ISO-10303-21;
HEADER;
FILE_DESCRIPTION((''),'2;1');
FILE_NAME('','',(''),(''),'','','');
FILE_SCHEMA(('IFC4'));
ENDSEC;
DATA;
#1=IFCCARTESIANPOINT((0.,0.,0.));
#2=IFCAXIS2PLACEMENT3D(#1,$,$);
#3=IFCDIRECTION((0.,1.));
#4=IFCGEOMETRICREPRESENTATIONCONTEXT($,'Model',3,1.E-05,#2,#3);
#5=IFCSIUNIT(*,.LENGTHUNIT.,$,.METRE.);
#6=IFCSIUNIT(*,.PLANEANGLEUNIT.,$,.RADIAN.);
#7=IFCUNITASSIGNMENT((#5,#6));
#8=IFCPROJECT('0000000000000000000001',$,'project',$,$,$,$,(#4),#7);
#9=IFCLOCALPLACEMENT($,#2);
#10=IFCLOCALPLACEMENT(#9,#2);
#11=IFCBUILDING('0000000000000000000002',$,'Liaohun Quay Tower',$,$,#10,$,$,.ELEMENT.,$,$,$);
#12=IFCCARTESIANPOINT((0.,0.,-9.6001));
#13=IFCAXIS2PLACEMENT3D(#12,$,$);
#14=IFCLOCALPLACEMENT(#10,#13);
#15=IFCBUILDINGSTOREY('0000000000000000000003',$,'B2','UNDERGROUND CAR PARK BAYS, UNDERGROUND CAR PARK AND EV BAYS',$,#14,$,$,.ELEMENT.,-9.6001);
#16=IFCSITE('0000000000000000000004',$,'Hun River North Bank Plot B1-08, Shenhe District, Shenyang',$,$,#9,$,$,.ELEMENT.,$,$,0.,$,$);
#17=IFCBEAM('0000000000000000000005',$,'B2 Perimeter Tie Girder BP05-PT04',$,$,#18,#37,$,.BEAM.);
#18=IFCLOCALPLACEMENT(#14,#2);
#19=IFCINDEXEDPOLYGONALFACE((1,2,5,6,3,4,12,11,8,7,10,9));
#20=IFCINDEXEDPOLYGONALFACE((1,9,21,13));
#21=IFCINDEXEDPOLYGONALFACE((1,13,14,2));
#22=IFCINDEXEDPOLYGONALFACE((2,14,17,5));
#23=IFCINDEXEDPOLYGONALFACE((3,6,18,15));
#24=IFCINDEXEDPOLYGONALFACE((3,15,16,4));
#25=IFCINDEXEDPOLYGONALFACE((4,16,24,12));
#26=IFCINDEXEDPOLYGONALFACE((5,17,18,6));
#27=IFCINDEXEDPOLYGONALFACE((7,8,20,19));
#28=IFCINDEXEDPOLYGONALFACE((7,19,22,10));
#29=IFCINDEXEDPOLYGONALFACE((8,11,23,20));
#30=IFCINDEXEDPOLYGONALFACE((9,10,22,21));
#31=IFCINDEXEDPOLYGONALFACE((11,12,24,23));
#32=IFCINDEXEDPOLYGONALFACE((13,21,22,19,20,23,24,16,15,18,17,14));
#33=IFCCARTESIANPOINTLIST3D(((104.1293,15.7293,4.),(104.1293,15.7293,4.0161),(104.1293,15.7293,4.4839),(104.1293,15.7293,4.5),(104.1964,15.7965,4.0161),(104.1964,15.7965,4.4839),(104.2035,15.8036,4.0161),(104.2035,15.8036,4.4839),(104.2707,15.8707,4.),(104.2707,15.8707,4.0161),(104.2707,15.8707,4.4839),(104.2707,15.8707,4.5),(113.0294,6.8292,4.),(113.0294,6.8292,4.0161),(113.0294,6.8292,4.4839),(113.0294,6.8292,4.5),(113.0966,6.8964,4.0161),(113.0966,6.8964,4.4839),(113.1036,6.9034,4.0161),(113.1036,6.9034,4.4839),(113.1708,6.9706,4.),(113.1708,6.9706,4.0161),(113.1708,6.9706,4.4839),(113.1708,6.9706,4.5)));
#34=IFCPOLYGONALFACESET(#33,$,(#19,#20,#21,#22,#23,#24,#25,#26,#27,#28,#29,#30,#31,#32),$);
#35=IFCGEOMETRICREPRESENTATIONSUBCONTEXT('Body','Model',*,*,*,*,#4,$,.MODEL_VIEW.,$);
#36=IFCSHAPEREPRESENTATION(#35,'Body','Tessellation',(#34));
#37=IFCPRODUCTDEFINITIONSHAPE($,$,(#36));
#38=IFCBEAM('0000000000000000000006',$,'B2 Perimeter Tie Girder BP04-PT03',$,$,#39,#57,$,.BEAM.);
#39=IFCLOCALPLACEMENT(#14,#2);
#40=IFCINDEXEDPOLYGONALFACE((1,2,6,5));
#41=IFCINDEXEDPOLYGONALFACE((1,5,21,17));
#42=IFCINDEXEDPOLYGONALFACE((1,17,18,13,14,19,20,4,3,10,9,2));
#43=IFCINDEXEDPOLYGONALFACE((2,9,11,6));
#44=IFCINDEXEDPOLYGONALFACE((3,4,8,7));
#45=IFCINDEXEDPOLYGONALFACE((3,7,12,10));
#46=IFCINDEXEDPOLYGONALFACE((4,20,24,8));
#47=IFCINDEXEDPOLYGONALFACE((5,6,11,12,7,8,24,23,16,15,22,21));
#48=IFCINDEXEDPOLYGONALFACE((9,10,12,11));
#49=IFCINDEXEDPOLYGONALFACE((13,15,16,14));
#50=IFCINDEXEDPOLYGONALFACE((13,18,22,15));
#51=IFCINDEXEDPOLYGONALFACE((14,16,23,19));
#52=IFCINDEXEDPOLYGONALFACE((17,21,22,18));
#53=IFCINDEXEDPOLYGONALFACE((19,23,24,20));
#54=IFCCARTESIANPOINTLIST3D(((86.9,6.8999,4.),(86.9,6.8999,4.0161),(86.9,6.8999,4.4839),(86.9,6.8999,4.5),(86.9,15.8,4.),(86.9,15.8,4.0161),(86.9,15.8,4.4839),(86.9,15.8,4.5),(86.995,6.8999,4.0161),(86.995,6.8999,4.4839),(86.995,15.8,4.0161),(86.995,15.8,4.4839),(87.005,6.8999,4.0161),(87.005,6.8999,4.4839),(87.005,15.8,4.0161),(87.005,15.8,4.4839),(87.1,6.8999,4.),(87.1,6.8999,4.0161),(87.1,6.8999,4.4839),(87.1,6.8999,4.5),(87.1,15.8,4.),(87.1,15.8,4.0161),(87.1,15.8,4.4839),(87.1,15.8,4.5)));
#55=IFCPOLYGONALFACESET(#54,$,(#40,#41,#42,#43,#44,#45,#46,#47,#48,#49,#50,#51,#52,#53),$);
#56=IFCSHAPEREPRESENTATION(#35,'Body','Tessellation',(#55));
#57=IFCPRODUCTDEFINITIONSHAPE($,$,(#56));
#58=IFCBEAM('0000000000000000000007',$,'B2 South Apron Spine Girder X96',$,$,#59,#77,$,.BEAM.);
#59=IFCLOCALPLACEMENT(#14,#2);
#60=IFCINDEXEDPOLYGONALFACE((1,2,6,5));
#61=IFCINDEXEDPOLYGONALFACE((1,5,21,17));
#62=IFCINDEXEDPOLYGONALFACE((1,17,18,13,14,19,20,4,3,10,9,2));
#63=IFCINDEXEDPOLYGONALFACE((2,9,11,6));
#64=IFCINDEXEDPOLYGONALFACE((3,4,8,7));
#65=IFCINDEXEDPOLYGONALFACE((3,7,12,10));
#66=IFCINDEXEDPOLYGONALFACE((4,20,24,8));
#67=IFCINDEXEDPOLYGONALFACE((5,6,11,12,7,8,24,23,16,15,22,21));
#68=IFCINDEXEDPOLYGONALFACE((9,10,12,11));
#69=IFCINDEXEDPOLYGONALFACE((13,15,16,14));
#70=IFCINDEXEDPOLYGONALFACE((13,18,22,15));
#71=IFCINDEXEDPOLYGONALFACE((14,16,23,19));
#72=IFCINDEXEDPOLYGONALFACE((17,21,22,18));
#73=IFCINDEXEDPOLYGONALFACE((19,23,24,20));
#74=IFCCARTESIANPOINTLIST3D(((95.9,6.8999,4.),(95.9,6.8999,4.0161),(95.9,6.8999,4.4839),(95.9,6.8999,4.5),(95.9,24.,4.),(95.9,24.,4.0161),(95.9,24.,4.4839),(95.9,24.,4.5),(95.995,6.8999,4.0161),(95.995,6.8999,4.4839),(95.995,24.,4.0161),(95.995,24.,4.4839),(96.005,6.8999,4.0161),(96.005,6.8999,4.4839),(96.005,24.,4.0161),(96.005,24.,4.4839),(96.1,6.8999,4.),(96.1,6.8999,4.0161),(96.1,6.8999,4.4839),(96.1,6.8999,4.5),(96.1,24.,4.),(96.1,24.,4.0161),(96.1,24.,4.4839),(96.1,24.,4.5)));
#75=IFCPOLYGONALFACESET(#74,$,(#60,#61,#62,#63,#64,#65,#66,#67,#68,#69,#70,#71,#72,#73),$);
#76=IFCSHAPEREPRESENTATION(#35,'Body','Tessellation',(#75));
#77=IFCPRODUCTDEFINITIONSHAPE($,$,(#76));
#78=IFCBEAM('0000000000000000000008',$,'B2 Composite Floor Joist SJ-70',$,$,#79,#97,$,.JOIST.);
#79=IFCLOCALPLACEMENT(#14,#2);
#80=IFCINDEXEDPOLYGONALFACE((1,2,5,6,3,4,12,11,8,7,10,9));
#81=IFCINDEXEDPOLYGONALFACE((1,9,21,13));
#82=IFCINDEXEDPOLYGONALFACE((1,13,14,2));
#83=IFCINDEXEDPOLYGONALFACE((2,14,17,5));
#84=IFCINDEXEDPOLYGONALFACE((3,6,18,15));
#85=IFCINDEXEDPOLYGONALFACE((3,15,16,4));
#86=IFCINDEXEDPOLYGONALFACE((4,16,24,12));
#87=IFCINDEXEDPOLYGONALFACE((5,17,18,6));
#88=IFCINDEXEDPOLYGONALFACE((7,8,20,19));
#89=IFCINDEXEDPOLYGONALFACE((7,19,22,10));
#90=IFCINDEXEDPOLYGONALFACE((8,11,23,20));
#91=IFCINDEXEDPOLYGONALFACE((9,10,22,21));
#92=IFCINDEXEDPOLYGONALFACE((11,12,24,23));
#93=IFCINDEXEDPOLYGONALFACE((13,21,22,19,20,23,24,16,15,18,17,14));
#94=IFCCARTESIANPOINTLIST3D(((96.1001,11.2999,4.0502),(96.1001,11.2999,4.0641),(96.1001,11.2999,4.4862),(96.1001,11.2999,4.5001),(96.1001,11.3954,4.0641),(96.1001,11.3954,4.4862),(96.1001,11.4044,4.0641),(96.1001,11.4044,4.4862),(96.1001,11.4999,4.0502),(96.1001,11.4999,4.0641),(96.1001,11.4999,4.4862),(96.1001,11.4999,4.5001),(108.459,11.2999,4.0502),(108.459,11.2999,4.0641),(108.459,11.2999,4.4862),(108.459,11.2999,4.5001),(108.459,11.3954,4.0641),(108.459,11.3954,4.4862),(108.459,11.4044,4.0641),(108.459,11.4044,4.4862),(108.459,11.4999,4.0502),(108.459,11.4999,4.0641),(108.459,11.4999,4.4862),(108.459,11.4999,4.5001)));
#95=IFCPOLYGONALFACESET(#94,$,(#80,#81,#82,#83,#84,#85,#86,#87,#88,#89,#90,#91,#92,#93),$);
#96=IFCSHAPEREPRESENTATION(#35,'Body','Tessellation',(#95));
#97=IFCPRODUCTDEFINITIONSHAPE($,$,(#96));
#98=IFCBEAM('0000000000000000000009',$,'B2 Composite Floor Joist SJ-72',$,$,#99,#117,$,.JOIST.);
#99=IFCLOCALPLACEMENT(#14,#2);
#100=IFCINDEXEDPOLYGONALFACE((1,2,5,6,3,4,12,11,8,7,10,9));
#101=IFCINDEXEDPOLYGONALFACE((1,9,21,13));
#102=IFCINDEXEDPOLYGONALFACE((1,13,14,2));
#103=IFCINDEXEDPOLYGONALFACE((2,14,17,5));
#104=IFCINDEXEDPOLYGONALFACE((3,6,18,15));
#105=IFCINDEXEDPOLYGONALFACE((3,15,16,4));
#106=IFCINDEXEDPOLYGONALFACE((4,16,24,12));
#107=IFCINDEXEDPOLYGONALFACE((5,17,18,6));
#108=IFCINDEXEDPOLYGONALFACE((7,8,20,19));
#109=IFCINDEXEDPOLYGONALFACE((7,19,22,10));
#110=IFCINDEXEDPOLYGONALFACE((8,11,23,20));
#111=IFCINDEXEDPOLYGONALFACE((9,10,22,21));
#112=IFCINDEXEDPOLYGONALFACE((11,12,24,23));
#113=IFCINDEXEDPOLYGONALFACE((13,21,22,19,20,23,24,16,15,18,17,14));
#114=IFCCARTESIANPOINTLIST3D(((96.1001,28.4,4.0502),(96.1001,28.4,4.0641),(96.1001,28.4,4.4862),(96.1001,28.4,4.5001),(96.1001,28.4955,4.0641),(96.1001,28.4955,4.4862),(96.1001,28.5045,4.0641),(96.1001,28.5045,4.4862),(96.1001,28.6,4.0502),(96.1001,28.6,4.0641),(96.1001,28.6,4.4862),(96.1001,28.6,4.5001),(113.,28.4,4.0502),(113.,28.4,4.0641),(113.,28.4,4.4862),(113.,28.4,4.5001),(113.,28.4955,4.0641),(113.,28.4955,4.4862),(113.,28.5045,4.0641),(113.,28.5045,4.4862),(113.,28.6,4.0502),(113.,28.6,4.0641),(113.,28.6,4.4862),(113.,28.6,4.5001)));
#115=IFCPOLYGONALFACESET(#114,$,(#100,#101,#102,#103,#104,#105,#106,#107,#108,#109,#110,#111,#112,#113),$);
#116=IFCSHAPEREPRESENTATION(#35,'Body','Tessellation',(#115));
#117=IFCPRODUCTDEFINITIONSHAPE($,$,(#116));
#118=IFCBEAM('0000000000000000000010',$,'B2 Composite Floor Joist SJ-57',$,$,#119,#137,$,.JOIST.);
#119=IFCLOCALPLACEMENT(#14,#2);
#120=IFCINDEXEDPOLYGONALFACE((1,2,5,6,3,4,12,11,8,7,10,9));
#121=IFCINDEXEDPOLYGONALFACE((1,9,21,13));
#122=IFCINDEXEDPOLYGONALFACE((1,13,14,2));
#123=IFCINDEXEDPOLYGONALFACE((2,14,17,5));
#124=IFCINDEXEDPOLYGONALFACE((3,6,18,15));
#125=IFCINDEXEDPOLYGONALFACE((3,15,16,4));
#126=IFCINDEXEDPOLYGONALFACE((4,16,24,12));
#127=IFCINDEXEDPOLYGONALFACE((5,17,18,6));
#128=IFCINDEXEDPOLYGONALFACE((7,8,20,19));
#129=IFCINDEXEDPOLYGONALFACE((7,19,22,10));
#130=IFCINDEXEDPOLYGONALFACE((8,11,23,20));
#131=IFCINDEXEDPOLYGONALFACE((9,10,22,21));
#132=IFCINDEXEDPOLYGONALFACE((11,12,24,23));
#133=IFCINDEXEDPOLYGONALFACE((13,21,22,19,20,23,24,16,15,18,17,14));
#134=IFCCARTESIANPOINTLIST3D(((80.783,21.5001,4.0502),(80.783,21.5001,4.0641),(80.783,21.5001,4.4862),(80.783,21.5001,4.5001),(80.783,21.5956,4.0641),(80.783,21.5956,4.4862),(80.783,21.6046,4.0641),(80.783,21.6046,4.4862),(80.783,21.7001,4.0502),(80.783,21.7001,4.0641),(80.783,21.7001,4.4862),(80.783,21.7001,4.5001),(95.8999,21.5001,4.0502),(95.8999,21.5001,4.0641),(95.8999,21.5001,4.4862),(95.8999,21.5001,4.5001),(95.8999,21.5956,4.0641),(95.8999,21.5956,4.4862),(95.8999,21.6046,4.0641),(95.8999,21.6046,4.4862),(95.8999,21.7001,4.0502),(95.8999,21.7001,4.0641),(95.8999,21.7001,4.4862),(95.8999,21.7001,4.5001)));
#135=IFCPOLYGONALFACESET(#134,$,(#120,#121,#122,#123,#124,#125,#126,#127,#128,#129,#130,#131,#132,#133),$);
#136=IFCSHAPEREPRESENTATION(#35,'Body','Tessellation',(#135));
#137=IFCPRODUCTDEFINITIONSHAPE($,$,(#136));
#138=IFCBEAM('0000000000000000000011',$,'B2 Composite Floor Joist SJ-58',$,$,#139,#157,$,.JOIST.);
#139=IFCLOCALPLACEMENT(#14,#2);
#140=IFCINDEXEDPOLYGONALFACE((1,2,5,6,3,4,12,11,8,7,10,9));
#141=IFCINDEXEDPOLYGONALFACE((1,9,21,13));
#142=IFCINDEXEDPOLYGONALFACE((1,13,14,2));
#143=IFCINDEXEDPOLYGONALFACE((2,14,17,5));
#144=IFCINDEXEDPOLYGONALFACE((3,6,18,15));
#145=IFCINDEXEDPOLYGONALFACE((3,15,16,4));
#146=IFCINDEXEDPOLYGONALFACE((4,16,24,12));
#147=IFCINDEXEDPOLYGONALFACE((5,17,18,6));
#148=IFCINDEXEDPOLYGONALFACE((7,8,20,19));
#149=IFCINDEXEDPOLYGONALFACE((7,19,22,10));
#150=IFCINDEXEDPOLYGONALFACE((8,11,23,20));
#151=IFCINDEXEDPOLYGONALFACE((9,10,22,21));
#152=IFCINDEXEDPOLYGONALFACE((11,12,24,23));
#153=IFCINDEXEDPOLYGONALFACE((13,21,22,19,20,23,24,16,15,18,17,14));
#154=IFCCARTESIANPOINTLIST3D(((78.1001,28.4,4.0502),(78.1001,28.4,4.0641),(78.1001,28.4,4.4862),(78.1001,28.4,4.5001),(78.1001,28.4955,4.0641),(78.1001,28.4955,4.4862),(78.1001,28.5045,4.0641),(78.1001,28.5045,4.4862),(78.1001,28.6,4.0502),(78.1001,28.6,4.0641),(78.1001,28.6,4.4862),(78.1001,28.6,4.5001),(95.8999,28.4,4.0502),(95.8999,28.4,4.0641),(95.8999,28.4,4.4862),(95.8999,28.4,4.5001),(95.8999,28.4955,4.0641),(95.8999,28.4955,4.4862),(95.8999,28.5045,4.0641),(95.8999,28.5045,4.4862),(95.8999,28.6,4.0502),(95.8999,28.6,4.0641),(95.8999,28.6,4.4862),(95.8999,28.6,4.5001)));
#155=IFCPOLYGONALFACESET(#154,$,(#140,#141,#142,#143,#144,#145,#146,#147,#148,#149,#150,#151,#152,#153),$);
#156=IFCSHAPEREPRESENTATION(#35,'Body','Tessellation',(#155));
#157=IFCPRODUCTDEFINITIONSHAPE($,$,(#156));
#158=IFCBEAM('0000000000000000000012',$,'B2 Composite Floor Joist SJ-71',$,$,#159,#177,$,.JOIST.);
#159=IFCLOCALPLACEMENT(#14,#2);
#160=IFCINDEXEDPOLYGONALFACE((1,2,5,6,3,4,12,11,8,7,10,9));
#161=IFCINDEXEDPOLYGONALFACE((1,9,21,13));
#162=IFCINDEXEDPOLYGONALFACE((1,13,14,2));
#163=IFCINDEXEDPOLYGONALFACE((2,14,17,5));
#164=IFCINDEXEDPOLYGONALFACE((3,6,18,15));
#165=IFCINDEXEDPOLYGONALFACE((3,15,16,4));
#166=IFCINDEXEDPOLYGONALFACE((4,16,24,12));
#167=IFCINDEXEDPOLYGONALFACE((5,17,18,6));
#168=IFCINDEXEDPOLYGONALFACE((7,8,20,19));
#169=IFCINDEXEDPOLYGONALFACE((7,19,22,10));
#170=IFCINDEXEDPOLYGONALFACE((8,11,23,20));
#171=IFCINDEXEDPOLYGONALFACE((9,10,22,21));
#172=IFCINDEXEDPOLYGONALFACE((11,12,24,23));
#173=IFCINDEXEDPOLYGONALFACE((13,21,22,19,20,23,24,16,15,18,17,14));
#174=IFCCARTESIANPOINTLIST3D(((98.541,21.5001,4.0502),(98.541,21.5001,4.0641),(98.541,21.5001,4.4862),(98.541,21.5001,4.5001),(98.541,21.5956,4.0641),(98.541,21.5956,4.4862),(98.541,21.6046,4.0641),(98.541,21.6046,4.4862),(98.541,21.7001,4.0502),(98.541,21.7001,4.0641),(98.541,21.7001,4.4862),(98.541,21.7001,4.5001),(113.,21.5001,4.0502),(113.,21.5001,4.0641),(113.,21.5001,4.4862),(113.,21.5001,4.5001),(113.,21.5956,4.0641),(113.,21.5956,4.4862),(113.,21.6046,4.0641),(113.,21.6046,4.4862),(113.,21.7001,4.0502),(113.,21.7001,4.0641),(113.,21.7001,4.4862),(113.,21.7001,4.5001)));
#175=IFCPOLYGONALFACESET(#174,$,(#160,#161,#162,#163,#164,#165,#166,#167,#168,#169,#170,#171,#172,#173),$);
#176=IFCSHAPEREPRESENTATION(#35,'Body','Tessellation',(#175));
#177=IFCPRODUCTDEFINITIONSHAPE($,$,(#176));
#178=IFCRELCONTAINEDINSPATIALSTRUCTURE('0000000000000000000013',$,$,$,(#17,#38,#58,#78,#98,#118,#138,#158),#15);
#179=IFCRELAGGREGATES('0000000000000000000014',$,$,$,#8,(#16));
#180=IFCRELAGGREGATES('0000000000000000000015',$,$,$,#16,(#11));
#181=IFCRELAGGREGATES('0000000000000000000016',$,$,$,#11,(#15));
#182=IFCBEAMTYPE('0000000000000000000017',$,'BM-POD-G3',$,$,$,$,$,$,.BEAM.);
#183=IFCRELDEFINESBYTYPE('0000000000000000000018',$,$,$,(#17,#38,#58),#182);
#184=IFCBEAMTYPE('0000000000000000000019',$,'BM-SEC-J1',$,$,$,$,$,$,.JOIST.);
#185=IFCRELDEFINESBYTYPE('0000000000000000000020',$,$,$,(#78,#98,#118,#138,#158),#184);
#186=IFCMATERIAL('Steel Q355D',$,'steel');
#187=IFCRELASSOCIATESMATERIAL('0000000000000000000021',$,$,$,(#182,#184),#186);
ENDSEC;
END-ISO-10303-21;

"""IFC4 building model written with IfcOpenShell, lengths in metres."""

from ifc_helpers import new_model, si_unit, direction, frame, origin, origin_2d, place, context, subcontext, project, spatial, i_section, extrude, source, transform, mapped, material, material_profile, profile_set, type_object, element, save


model = new_model("IFC4")

# Units and contexts
model_context = context("Model", 3, precision=1e-05, world=origin(), true_north=direction((0.0, 1.0)))
body_context = subcontext(model_context, "Body", "Model", "MODEL_VIEW")
ifc_project = project(units=[si_unit("LENGTHUNIT", "METRE"), si_unit("PLANEANGLEUNIT", "RADIAN")], contexts=[model_context])

# Site, building, storey
site_placement = place(None, origin())
site = spatial("IfcSite", under=ifc_project, at=site_placement, Name="Hun River North Bank Plot B1-08, Shenhe District, Shenyang", CompositionType="ELEMENT", RefElevation=0.0)
building_placement = place(site_placement, origin())
building = spatial("IfcBuilding", under=site, at=building_placement, Name="Liaohun Quay Tower", CompositionType="ELEMENT")
storey_placement = place(building_placement, frame((0.0, 0.0, -9.6001)))
storey = spatial("IfcBuildingStorey", under=building, at=storey_placement, Name="B2", Description="UNDERGROUND CAR PARK BAYS, UNDERGROUND CAR PARK AND EV BAYS", CompositionType="ELEMENT", Elevation=-9.6001)

# Beams
ifc_material_1 = material(Name="Steel Q355D", Category="steel")
ifc_material_profile_1 = material_profile(ifc_material_1, i_section(OverallWidth=0.2, OverallDepth=0.5, WebThickness=0.01, FlangeThickness=0.0161, at=origin_2d()), Name="HN500x200x10x16")
ifc_profile_set_1 = profile_set([ifc_material_profile_1], Name="Steel Q355D")
beam_type_1 = type_object("IfcBeamType", Name="BM-POD-G3", PredefinedType="BEAM", material=ifc_profile_set_1)
shared_shape_1 = source(origin(), body_context, "Body", "SweptSolid", [
    extrude(i_section(OverallWidth=0.2, OverallDepth=0.5, WebThickness=0.01, FlangeThickness=0.0161, at=origin_2d()), origin(), (0.0, 0.0, 1.0), 12.5867),
])
beam_1_placement = place(storey_placement, frame((113.1001, 6.8999, 4.25), z_axis=(-0.707107, 0.707107, 0.0), x_axis=(-0.707107, -0.707107, 0.0)))
element("IfcBeam", 1, at=beam_1_placement, inside=storey, type_object=beam_type_1, Name="B2 Perimeter Tie Girder BP05-PT04", PredefinedType="BEAM", context=body_context, shape_type="MappedRepresentation", body=[
    mapped(shared_shape_1, transform((0.0, 0.0, 0.0), x_axis=(1.0, 0.0, 0.0), y_axis=(0.0, 1.0, 0.0), z_axis=(0.0, 0.0, 1.0), scale=1.0)),
])
shared_shape_2 = source(origin(), body_context, "Body", "SweptSolid", [
    extrude(i_section(OverallWidth=0.2, OverallDepth=0.5, WebThickness=0.01, FlangeThickness=0.0161, at=origin_2d()), origin(), (0.0, 0.0, 1.0), 8.9001),
])
beam_2_placement = place(storey_placement, frame((87.0, 6.8999, 4.25), z_axis=(0.0, 1.0, 0.0), x_axis=(-1.0, 0.0, 0.0)))
element("IfcBeam", 2, at=beam_2_placement, inside=storey, type_object=beam_type_1, Name="B2 Perimeter Tie Girder BP04-PT03", PredefinedType="BEAM", context=body_context, shape_type="MappedRepresentation", body=[
    mapped(shared_shape_2, transform((0.0, 0.0, 0.0), x_axis=(1.0, 0.0, 0.0), y_axis=(0.0, 1.0, 0.0), z_axis=(0.0, 0.0, 1.0), scale=1.0)),
])
shared_shape_3 = source(origin(), body_context, "Body", "SweptSolid", [
    extrude(i_section(OverallWidth=0.2, OverallDepth=0.5, WebThickness=0.01, FlangeThickness=0.0161, at=origin_2d()), origin(), (0.0, 0.0, 1.0), 17.1001),
])
beam_3_placement = place(storey_placement, frame((96.0, 6.8999, 4.25), z_axis=(0.0, 1.0, 0.0), x_axis=(-1.0, 0.0, 0.0)))
element("IfcBeam", 3, at=beam_3_placement, inside=storey, type_object=beam_type_1, Name="B2 South Apron Spine Girder X96", PredefinedType="BEAM", context=body_context, shape_type="MappedRepresentation", body=[
    mapped(shared_shape_3, transform((0.0, 0.0, 0.0), x_axis=(1.0, 0.0, 0.0), y_axis=(0.0, 1.0, 0.0), z_axis=(0.0, 0.0, 1.0), scale=1.0)),
])
ifc_material_profile_2 = material_profile(ifc_material_1, i_section(OverallWidth=0.2, OverallDepth=0.45, WebThickness=0.009, FlangeThickness=0.0139, at=origin_2d()), Name="HN450x200x9x14")
ifc_profile_set_2 = profile_set([ifc_material_profile_2], Name="Steel Q355D")
beam_type_2 = type_object("IfcBeamType", Name="BM-SEC-J1", PredefinedType="JOIST", material=ifc_profile_set_2)
shared_shape_4 = source(origin(), body_context, "Body", "SweptSolid", [
    extrude(i_section(OverallWidth=0.2, OverallDepth=0.45, WebThickness=0.009, FlangeThickness=0.0139, at=origin_2d()), origin(), (0.0, 0.0, 1.0), 12.3589),
])
beam_4_placement = place(storey_placement, frame((96.1001, 11.3999, 4.2751), z_axis=(1.0, 0.0, 0.0), x_axis=(0.0, 1.0, 0.0)))
element("IfcBeam", 4, at=beam_4_placement, inside=storey, type_object=beam_type_2, Name="B2 Composite Floor Joist SJ-70", PredefinedType="JOIST", context=body_context, shape_type="MappedRepresentation", body=[
    mapped(shared_shape_4, transform((0.0, 0.0, 0.0), x_axis=(1.0, 0.0, 0.0), y_axis=(0.0, 1.0, 0.0), z_axis=(0.0, 0.0, 1.0), scale=1.0)),
])
shared_shape_5 = source(origin(), body_context, "Body", "SweptSolid", [
    extrude(i_section(OverallWidth=0.2, OverallDepth=0.45, WebThickness=0.009, FlangeThickness=0.0139, at=origin_2d()), origin(), (0.0, 0.0, 1.0), 16.8999),
])
beam_5_placement = place(storey_placement, frame((96.1001, 28.5, 4.2751), z_axis=(1.0, 0.0, 0.0), x_axis=(0.0, 1.0, 0.0)))
element("IfcBeam", 5, at=beam_5_placement, inside=storey, type_object=beam_type_2, Name="B2 Composite Floor Joist SJ-72", PredefinedType="JOIST", context=body_context, shape_type="MappedRepresentation", body=[
    mapped(shared_shape_5, transform((0.0, 0.0, 0.0), x_axis=(1.0, 0.0, 0.0), y_axis=(0.0, 1.0, 0.0), z_axis=(0.0, 0.0, 1.0), scale=1.0)),
])
shared_shape_6 = source(origin(), body_context, "Body", "SweptSolid", [
    extrude(i_section(OverallWidth=0.2, OverallDepth=0.45, WebThickness=0.009, FlangeThickness=0.0139, at=origin_2d()), origin(), (0.0, 0.0, 1.0), 15.1169),
])
beam_6_placement = place(storey_placement, frame((80.783, 21.6001, 4.2751), z_axis=(1.0, 0.0, 0.0), x_axis=(0.0, 1.0, 0.0)))
element("IfcBeam", 6, at=beam_6_placement, inside=storey, type_object=beam_type_2, Name="B2 Composite Floor Joist SJ-57", PredefinedType="JOIST", context=body_context, shape_type="MappedRepresentation", body=[
    mapped(shared_shape_6, transform((0.0, 0.0, 0.0), x_axis=(1.0, 0.0, 0.0), y_axis=(0.0, 1.0, 0.0), z_axis=(0.0, 0.0, 1.0), scale=1.0)),
])
shared_shape_7 = source(origin(), body_context, "Body", "SweptSolid", [
    extrude(i_section(OverallWidth=0.2, OverallDepth=0.45, WebThickness=0.009, FlangeThickness=0.0139, at=origin_2d()), origin(), (0.0, 0.0, 1.0), 17.7998),
])
beam_7_placement = place(storey_placement, frame((78.1001, 28.5, 4.2751), z_axis=(1.0, 0.0, 0.0), x_axis=(0.0, 1.0, 0.0)))
element("IfcBeam", 7, at=beam_7_placement, inside=storey, type_object=beam_type_2, Name="B2 Composite Floor Joist SJ-58", PredefinedType="JOIST", context=body_context, shape_type="MappedRepresentation", body=[
    mapped(shared_shape_7, transform((0.0, 0.0, 0.0), x_axis=(1.0, 0.0, 0.0), y_axis=(0.0, 1.0, 0.0), z_axis=(0.0, 0.0, 1.0), scale=1.0)),
])
shared_shape_8 = source(origin(), body_context, "Body", "SweptSolid", [
    extrude(i_section(OverallWidth=0.2, OverallDepth=0.45, WebThickness=0.009, FlangeThickness=0.0139, at=origin_2d()), origin(), (0.0, 0.0, 1.0), 14.459),
])
beam_8_placement = place(storey_placement, frame((98.541, 21.6001, 4.2751), z_axis=(1.0, 0.0, 0.0), x_axis=(0.0, 1.0, 0.0)))
element("IfcBeam", 8, at=beam_8_placement, inside=storey, type_object=beam_type_2, Name="B2 Composite Floor Joist SJ-71", PredefinedType="JOIST", context=body_context, shape_type="MappedRepresentation", body=[
    mapped(shared_shape_8, transform((0.0, 0.0, 0.0), x_axis=(1.0, 0.0, 0.0), y_axis=(0.0, 1.0, 0.0), z_axis=(0.0, 0.0, 1.0), scale=1.0)),
])

save(model, "model.ifc")
